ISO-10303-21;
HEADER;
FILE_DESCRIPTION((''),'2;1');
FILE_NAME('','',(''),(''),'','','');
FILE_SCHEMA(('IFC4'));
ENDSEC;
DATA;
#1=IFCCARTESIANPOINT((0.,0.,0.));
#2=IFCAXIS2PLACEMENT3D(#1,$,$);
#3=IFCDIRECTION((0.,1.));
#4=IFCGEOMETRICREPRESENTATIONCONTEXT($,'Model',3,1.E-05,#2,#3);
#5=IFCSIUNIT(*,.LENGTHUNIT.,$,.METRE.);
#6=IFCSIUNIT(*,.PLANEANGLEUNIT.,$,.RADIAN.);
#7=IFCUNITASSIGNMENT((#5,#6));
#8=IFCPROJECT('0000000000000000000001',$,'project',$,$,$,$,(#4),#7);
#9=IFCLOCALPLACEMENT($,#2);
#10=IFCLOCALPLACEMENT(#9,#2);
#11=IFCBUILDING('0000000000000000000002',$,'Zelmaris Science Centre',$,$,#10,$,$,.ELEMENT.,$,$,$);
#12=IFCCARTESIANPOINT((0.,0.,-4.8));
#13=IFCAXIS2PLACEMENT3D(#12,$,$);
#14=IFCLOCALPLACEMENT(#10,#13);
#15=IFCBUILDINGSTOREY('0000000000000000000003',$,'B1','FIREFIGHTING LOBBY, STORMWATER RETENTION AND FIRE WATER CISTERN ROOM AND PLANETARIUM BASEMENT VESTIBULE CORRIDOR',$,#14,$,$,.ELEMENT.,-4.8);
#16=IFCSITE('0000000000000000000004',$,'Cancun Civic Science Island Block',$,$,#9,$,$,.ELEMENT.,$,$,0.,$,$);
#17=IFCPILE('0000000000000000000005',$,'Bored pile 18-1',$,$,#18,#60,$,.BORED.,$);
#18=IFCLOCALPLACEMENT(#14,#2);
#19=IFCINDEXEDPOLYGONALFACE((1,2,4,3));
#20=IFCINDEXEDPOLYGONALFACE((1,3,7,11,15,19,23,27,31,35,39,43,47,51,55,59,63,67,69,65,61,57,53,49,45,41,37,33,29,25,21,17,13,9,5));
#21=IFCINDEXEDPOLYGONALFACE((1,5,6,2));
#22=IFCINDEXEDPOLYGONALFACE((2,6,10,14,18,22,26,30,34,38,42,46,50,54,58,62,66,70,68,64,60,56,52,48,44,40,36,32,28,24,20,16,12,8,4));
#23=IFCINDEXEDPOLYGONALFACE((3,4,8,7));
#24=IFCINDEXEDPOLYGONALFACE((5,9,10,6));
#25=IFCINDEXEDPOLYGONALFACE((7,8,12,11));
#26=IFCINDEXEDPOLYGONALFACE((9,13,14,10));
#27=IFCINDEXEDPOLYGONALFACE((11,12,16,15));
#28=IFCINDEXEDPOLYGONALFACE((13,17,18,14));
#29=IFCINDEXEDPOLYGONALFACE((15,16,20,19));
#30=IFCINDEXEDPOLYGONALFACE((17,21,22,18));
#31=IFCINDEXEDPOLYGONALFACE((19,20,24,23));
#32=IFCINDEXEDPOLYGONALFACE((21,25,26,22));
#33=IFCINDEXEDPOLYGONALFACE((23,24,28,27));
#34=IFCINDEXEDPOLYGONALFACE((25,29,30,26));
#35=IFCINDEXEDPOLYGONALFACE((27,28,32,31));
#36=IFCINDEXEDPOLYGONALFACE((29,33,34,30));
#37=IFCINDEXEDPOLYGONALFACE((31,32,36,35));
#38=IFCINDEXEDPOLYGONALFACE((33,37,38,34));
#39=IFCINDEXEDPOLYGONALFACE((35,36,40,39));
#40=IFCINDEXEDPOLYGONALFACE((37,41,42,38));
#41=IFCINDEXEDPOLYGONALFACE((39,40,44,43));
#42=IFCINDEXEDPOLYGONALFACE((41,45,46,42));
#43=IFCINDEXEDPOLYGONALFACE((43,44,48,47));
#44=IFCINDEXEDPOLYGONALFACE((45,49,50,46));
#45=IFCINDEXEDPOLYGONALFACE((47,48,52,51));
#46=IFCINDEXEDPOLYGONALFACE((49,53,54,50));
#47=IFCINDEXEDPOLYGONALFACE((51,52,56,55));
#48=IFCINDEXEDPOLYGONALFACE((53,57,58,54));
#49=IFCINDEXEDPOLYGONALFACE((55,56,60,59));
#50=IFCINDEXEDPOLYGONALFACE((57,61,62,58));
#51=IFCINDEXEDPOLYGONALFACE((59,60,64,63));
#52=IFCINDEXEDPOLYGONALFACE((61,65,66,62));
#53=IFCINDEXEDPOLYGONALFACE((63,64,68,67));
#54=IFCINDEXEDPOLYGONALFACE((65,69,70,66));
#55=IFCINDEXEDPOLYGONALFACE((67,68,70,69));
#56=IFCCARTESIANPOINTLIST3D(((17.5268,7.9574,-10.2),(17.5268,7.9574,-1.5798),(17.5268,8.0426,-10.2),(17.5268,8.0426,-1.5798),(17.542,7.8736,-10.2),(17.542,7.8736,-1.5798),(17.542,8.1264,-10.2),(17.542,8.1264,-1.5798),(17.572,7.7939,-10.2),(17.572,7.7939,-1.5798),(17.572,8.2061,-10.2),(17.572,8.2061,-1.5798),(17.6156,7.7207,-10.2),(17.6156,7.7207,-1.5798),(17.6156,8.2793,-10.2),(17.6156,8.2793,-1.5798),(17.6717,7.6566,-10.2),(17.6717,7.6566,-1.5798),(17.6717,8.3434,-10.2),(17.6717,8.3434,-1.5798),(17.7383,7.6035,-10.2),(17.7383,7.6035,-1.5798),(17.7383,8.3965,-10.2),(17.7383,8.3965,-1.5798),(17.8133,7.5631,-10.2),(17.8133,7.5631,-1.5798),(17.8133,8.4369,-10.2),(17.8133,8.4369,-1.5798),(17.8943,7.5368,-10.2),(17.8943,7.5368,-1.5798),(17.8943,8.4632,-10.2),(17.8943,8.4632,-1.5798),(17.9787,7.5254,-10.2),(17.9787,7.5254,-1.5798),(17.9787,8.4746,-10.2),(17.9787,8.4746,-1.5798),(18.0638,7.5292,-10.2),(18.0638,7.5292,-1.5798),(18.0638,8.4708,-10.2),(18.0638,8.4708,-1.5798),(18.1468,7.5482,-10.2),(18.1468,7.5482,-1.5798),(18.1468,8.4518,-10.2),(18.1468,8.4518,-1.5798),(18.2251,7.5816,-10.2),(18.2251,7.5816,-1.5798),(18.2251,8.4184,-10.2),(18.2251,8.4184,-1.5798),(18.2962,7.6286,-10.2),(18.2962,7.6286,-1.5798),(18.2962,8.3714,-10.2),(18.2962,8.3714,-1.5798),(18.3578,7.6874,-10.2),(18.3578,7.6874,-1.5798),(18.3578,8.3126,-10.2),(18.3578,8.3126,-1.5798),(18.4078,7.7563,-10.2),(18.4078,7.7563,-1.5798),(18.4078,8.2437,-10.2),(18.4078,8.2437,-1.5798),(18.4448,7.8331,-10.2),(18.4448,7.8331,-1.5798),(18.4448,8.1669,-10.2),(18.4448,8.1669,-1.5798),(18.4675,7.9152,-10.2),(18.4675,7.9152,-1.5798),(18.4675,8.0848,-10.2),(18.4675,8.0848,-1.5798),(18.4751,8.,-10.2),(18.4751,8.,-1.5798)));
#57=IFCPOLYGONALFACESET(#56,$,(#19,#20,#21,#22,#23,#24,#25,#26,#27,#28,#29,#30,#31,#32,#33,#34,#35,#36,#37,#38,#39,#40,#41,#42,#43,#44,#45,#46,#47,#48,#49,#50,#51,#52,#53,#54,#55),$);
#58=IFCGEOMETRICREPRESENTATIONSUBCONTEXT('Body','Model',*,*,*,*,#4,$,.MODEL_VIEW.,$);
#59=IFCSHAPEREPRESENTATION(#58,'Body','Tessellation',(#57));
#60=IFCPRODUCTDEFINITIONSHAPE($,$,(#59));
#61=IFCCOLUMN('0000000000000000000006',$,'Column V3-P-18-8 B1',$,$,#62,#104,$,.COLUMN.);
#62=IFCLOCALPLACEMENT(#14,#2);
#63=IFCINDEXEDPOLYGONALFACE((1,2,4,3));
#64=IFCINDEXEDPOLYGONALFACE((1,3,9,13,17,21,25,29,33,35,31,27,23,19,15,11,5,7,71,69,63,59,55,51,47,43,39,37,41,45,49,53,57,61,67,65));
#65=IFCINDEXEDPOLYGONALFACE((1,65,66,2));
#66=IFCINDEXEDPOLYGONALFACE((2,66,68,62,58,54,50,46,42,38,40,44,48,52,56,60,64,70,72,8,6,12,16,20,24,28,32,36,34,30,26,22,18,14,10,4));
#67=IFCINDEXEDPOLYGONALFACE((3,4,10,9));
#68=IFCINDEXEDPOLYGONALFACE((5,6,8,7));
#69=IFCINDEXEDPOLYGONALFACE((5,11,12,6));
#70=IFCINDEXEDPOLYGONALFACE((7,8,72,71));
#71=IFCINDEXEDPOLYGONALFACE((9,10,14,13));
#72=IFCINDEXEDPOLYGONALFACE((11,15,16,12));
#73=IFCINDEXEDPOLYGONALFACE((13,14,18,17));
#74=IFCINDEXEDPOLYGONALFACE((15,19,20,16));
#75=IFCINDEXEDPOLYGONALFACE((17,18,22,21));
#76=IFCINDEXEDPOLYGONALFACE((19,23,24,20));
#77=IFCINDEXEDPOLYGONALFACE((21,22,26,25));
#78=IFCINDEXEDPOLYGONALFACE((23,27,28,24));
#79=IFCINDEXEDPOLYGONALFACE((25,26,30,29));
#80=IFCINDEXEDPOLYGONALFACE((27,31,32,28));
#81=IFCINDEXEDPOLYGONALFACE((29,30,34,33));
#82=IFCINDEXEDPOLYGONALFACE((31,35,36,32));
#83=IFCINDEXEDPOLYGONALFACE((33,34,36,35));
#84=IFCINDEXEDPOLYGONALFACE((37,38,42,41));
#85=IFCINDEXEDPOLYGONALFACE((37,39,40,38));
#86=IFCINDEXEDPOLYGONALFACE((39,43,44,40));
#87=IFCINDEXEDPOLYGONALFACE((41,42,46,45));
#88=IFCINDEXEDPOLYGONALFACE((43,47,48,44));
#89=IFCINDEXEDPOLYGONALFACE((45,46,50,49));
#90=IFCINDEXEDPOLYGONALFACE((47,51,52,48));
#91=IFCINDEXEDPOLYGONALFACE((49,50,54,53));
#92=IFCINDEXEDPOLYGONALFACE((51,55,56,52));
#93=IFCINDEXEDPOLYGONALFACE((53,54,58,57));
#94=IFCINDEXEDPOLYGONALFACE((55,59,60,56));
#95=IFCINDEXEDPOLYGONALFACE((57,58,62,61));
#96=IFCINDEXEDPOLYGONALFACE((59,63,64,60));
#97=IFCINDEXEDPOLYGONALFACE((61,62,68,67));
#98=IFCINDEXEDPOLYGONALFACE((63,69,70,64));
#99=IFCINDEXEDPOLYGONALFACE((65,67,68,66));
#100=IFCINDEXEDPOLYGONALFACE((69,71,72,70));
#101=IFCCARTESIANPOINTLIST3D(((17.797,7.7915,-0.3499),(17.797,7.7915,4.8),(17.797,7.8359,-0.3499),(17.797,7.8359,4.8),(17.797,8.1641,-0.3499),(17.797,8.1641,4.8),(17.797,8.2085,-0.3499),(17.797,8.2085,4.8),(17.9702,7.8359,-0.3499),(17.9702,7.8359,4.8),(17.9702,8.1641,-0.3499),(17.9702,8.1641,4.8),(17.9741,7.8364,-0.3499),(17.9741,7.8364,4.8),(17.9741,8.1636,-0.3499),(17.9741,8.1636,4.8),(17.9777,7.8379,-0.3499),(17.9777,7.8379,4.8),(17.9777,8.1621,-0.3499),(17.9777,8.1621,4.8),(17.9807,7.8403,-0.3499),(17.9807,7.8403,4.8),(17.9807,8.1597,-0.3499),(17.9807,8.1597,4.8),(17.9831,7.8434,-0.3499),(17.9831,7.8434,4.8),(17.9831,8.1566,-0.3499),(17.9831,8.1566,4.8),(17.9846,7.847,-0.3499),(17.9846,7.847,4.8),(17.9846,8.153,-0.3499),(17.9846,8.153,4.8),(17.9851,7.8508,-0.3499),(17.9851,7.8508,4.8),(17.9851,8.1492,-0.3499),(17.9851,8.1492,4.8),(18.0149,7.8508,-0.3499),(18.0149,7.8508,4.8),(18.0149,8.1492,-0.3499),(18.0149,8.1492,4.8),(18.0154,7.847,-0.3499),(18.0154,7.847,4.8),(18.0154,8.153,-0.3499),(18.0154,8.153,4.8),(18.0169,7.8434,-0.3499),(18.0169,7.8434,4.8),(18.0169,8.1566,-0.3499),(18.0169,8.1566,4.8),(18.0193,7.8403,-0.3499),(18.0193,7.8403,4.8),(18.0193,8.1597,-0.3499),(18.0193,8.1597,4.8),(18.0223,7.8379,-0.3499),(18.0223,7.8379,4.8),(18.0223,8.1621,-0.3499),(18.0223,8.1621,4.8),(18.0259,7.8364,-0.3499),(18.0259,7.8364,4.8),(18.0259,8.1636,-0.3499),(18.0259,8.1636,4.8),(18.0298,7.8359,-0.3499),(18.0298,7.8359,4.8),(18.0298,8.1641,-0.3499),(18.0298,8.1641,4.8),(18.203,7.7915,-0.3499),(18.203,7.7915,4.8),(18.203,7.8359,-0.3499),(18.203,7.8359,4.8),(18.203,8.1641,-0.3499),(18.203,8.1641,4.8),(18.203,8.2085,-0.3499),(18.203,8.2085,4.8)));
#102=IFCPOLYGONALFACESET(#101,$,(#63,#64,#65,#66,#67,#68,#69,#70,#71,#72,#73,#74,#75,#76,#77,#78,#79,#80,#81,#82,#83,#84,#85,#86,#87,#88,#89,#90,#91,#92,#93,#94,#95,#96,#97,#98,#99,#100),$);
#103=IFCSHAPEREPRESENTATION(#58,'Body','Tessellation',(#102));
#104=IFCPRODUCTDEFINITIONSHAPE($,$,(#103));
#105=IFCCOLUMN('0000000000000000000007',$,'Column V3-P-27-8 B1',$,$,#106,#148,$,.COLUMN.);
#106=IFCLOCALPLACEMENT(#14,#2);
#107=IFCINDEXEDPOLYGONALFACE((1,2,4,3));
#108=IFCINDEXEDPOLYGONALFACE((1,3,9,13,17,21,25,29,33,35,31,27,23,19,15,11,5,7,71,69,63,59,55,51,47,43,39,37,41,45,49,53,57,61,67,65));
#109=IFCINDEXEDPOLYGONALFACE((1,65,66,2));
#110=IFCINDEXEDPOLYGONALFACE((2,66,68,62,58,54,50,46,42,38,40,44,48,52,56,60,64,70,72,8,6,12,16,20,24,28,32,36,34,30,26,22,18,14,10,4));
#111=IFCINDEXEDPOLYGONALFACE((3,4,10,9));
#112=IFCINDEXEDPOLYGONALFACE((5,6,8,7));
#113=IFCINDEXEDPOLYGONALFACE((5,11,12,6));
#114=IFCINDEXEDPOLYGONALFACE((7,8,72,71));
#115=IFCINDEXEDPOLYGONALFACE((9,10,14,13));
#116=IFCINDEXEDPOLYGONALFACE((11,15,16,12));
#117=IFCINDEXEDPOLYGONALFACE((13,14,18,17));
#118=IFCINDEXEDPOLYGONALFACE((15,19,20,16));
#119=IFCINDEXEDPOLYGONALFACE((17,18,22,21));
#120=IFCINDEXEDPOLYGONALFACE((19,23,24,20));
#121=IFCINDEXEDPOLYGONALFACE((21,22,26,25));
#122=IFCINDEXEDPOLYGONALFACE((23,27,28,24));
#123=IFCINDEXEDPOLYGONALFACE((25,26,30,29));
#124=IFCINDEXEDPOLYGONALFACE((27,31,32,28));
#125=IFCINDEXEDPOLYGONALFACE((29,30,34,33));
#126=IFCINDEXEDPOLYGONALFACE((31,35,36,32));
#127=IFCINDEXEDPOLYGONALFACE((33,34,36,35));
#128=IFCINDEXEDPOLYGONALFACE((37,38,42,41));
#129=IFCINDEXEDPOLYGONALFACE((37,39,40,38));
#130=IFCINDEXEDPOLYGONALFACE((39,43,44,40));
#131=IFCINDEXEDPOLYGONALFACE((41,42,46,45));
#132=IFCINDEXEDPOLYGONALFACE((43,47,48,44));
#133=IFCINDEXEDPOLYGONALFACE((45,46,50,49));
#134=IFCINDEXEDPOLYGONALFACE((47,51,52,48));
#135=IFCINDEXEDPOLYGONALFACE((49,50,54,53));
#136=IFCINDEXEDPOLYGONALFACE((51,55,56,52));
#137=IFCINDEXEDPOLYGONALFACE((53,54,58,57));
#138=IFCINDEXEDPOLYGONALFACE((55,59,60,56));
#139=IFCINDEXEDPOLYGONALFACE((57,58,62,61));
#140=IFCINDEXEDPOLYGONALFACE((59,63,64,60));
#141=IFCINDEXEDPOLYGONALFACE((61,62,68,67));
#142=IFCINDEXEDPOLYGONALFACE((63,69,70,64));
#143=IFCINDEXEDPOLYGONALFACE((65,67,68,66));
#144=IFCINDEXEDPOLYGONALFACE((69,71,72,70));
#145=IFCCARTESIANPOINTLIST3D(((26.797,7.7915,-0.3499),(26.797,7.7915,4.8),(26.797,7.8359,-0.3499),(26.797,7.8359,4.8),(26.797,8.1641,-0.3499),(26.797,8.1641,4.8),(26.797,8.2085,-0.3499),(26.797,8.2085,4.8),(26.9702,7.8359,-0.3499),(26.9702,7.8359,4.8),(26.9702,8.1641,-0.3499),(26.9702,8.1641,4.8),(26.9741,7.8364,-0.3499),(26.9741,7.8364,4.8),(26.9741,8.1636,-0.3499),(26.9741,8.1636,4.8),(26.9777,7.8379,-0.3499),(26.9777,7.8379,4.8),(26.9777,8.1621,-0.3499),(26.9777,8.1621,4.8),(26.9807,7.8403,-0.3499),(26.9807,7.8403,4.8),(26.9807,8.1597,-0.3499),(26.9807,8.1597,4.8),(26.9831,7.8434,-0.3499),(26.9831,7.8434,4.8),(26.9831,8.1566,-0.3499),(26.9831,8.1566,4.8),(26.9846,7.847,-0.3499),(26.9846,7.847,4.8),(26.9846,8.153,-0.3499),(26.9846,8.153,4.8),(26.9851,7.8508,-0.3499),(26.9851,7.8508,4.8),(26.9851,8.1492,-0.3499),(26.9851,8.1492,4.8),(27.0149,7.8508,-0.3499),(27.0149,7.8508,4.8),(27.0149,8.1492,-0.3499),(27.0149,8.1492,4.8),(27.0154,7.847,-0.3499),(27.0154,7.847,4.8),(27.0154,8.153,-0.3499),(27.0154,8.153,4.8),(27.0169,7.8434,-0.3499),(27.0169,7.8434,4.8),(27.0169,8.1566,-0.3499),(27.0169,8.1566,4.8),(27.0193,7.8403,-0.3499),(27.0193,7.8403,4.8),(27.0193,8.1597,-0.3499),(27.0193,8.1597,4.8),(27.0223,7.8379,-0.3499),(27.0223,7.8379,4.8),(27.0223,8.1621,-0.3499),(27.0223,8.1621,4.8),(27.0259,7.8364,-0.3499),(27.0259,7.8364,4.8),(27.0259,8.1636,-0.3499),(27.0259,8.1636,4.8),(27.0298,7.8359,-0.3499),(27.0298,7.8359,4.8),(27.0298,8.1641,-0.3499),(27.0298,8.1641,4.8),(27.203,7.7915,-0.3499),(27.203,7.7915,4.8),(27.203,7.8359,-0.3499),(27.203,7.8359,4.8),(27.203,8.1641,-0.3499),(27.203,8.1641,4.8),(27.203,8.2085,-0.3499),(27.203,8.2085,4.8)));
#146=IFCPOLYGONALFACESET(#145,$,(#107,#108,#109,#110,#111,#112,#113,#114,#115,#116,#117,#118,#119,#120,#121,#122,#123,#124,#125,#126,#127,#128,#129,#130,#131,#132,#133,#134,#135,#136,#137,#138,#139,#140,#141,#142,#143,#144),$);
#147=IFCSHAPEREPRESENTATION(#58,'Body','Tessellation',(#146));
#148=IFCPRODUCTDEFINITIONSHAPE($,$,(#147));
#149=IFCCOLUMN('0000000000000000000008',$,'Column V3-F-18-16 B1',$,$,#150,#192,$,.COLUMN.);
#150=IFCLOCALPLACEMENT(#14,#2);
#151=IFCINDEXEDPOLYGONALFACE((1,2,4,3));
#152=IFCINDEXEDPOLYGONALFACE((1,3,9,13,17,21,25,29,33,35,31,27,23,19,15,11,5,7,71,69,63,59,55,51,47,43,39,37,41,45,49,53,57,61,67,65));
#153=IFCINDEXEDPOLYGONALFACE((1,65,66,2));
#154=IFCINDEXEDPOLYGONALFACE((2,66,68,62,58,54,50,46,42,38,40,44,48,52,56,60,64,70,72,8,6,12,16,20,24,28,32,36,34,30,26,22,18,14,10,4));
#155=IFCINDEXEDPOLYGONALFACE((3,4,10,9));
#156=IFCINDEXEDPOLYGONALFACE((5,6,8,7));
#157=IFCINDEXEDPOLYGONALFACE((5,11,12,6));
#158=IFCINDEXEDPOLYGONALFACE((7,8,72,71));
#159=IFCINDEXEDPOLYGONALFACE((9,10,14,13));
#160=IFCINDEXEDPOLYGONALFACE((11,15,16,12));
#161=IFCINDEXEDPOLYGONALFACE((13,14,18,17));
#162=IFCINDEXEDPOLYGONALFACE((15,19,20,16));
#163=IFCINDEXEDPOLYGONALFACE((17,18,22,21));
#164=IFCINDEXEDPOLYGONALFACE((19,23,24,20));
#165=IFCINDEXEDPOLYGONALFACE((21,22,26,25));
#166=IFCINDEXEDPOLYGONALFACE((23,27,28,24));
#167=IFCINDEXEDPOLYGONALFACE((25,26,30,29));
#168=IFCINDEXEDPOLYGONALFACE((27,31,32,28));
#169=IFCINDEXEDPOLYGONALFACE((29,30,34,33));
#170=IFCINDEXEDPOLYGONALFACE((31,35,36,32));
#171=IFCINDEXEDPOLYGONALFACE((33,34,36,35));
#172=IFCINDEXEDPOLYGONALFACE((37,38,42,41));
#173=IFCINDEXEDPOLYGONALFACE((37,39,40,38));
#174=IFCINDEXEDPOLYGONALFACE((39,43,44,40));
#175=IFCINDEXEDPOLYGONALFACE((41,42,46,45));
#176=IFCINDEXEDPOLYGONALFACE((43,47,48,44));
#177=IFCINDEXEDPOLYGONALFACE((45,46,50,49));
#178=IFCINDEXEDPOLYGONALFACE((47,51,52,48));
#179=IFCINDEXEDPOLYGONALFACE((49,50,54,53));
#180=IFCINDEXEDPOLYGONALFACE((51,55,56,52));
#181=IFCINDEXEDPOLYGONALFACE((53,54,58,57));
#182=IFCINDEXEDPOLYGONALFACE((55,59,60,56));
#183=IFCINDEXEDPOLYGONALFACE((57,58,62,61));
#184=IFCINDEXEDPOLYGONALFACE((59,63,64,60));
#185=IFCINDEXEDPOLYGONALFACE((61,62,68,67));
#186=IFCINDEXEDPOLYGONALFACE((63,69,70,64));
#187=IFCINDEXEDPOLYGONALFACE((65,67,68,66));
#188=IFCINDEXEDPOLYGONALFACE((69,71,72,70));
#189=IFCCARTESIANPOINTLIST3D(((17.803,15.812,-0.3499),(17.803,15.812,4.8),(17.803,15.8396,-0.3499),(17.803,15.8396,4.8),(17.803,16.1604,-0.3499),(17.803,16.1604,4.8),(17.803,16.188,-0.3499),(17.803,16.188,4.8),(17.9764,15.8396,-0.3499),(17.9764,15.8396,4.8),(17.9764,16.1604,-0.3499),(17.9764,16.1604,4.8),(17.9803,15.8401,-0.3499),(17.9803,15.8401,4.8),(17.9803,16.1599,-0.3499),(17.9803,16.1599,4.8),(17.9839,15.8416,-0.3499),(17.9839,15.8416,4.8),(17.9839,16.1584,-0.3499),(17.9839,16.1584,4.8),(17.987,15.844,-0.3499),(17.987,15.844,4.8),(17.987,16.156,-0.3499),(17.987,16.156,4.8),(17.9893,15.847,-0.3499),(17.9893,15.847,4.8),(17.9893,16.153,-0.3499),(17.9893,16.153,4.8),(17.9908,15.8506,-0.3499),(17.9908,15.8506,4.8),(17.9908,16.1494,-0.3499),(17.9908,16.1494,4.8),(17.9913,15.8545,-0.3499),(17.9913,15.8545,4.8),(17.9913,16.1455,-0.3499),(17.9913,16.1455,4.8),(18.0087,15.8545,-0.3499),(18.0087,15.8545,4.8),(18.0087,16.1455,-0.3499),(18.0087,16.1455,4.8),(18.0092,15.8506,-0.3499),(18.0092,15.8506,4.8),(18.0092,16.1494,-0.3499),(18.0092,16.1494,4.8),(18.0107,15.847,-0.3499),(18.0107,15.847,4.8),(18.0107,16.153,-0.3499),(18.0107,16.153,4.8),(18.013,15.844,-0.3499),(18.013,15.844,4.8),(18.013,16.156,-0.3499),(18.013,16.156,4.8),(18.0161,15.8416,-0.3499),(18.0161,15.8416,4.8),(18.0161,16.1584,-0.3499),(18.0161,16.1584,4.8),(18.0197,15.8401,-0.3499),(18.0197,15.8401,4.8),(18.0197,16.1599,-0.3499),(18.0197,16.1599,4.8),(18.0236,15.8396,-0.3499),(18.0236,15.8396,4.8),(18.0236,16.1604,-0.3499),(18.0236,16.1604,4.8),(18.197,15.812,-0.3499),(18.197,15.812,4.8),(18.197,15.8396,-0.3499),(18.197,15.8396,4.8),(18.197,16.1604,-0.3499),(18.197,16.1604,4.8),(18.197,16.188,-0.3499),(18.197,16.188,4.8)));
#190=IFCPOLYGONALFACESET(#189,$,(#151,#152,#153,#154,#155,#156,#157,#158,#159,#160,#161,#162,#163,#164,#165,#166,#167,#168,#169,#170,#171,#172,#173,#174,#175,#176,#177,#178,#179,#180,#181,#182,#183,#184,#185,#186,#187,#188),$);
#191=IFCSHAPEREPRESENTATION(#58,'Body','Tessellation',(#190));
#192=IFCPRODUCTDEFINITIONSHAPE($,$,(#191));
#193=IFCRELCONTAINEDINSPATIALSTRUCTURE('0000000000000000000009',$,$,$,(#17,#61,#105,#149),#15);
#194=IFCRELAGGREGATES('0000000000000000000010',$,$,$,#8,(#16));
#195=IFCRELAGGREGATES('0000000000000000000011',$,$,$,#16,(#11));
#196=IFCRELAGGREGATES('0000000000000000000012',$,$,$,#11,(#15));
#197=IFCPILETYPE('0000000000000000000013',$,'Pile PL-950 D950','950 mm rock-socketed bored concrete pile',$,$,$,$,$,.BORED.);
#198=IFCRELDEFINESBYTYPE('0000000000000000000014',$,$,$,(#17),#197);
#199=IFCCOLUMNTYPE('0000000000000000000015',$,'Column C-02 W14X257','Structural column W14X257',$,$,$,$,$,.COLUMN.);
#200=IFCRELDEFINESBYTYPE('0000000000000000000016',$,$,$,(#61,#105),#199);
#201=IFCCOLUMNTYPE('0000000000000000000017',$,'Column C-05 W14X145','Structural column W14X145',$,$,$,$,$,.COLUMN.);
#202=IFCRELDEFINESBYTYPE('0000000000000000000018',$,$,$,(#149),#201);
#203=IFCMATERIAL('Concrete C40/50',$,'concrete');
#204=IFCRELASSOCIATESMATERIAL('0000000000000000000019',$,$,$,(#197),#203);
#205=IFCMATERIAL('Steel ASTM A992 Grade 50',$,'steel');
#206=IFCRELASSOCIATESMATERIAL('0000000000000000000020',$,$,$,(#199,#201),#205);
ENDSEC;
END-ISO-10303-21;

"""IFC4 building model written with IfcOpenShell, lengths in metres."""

from ifc_helpers import new_model, si_unit, direction, frame, origin, origin_2d, place, context, subcontext, project, spatial, circle, i_section, extrude, material, material_profile, profile_set, type_object, element, save


model = new_model("IFC4")

# Units and contexts
model_context = context("Model", 3, precision=1e-05, world=origin(), true_north=direction((0.0, 1.0)))
body_context = subcontext(model_context, "Body", "Model", "MODEL_VIEW")
ifc_project = project(units=[si_unit("LENGTHUNIT", "METRE"), si_unit("PLANEANGLEUNIT", "RADIAN")], contexts=[model_context])

# Site, building, storey
site_placement = place(None, origin())
site = spatial("IfcSite", under=ifc_project, at=site_placement, Name="Cancun Civic Science Island Block", CompositionType="ELEMENT", RefElevation=0.0)
building_placement = place(site_placement, origin())
building = spatial("IfcBuilding", under=site, at=building_placement, Name="Zelmaris Science Centre", CompositionType="ELEMENT")
storey_placement = place(building_placement, frame((0.0, 0.0, -4.8)))
storey = spatial("IfcBuildingStorey", under=building, at=storey_placement, Name="B1", Description="FIREFIGHTING LOBBY, STORMWATER RETENTION AND FIRE WATER CISTERN ROOM AND PLANETARIUM BASEMENT VESTIBULE CORRIDOR", CompositionType="ELEMENT", Elevation=-4.8)

# Shared definitions
ifc_material_1 = material(Name="Concrete C40/50", Category="concrete")

# Pile
ifc_material_profile_1 = material_profile(ifc_material_1, circle(Radius=0.4751, at=origin_2d()), Name="PILE-950")
ifc_profile_set_1 = profile_set([ifc_material_profile_1], Name="Concrete C40/50")
pile_type_1 = type_object("IfcPileType", Name="Pile PL-950 D950", Description="950 mm rock-socketed bored concrete pile", PredefinedType="BORED", material=ifc_profile_set_1)
pile_1_placement = place(storey_placement, frame((18.0, 8.0, -1.5798), z_axis=(0.0, 0.0, -1.0), x_axis=(1.0, 0.0, 0.0)))
element("IfcPile", 1, at=pile_1_placement, inside=storey, type_object=pile_type_1, Name="Bored pile 18-1", PredefinedType="BORED", context=body_context, shape_type="SweptSolid", body=[
    extrude(circle(Radius=0.4751, at=origin_2d()), origin(), (0.0, 0.0, 1.0), 8.6201),
])

# Columns
ifc_material_2 = material(Name="Steel ASTM A992 Grade 50", Category="steel")
ifc_material_profile_2 = material_profile(ifc_material_2, i_section(OverallWidth=0.406, OverallDepth=0.417, WebThickness=0.0298, FlangeThickness=0.0444, FilletRadius=0.0149, at=origin_2d()), Name="W14X257")
ifc_profile_set_2 = profile_set([ifc_material_profile_2], Name="Steel ASTM A992 Grade 50")
column_type_1 = type_object("IfcColumnType", Name="Column C-02 W14X257", Description="Structural column W14X257", PredefinedType="COLUMN", material=ifc_profile_set_2)
for number, where, z_axis, x_axis, name in (
    (2, (18.0, 8.0, -0.3499), (0.0, 0.0, 1.0), (1.0, 0.0, 0.0), "Column V3-P-18-8 B1"),
    (3, (27.0, 8.0, -0.3499), (0.0, 0.0, 1.0), (1.0, 0.0, 0.0), "Column V3-P-27-8 B1"),
):
    element("IfcColumn", number, at=place(storey_placement, frame(where, z_axis=z_axis, x_axis=x_axis)), inside=storey, type_object=column_type_1, Name=name, PredefinedType="COLUMN", context=body_context, shape_type="SweptSolid", body=[
        extrude(i_section(OverallWidth=0.406, OverallDepth=0.417, WebThickness=0.0298, FlangeThickness=0.0444, FilletRadius=0.0149, at=origin_2d()), origin(), (0.0, 0.0, 1.0), 5.1499),
    ])
ifc_material_profile_3 = material_profile(ifc_material_2, i_section(OverallWidth=0.394, OverallDepth=0.376, WebThickness=0.0173, FlangeThickness=0.0276, FilletRadius=0.0149, at=origin_2d()), Name="W14X145")
ifc_profile_set_3 = profile_set([ifc_material_profile_3], Name="Steel ASTM A992 Grade 50")
column_type_2 = type_object("IfcColumnType", Name="Column C-05 W14X145", Description="Structural column W14X145", PredefinedType="COLUMN", material=ifc_profile_set_3)
column_1_placement = place(storey_placement, frame((18.0, 16.0, -0.3499), z_axis=(0.0, 0.0, 1.0), x_axis=(1.0, 0.0, 0.0)))
element("IfcColumn", 4, at=column_1_placement, inside=storey, type_object=column_type_2, Name="Column V3-F-18-16 B1", PredefinedType="COLUMN", context=body_context, shape_type="SweptSolid", body=[
    extrude(i_section(OverallWidth=0.394, OverallDepth=0.376, WebThickness=0.0173, FlangeThickness=0.0276, FilletRadius=0.0149, at=origin_2d()), origin(), (0.0, 0.0, 1.0), 5.1499),
])

save(model, "model.ifc")
